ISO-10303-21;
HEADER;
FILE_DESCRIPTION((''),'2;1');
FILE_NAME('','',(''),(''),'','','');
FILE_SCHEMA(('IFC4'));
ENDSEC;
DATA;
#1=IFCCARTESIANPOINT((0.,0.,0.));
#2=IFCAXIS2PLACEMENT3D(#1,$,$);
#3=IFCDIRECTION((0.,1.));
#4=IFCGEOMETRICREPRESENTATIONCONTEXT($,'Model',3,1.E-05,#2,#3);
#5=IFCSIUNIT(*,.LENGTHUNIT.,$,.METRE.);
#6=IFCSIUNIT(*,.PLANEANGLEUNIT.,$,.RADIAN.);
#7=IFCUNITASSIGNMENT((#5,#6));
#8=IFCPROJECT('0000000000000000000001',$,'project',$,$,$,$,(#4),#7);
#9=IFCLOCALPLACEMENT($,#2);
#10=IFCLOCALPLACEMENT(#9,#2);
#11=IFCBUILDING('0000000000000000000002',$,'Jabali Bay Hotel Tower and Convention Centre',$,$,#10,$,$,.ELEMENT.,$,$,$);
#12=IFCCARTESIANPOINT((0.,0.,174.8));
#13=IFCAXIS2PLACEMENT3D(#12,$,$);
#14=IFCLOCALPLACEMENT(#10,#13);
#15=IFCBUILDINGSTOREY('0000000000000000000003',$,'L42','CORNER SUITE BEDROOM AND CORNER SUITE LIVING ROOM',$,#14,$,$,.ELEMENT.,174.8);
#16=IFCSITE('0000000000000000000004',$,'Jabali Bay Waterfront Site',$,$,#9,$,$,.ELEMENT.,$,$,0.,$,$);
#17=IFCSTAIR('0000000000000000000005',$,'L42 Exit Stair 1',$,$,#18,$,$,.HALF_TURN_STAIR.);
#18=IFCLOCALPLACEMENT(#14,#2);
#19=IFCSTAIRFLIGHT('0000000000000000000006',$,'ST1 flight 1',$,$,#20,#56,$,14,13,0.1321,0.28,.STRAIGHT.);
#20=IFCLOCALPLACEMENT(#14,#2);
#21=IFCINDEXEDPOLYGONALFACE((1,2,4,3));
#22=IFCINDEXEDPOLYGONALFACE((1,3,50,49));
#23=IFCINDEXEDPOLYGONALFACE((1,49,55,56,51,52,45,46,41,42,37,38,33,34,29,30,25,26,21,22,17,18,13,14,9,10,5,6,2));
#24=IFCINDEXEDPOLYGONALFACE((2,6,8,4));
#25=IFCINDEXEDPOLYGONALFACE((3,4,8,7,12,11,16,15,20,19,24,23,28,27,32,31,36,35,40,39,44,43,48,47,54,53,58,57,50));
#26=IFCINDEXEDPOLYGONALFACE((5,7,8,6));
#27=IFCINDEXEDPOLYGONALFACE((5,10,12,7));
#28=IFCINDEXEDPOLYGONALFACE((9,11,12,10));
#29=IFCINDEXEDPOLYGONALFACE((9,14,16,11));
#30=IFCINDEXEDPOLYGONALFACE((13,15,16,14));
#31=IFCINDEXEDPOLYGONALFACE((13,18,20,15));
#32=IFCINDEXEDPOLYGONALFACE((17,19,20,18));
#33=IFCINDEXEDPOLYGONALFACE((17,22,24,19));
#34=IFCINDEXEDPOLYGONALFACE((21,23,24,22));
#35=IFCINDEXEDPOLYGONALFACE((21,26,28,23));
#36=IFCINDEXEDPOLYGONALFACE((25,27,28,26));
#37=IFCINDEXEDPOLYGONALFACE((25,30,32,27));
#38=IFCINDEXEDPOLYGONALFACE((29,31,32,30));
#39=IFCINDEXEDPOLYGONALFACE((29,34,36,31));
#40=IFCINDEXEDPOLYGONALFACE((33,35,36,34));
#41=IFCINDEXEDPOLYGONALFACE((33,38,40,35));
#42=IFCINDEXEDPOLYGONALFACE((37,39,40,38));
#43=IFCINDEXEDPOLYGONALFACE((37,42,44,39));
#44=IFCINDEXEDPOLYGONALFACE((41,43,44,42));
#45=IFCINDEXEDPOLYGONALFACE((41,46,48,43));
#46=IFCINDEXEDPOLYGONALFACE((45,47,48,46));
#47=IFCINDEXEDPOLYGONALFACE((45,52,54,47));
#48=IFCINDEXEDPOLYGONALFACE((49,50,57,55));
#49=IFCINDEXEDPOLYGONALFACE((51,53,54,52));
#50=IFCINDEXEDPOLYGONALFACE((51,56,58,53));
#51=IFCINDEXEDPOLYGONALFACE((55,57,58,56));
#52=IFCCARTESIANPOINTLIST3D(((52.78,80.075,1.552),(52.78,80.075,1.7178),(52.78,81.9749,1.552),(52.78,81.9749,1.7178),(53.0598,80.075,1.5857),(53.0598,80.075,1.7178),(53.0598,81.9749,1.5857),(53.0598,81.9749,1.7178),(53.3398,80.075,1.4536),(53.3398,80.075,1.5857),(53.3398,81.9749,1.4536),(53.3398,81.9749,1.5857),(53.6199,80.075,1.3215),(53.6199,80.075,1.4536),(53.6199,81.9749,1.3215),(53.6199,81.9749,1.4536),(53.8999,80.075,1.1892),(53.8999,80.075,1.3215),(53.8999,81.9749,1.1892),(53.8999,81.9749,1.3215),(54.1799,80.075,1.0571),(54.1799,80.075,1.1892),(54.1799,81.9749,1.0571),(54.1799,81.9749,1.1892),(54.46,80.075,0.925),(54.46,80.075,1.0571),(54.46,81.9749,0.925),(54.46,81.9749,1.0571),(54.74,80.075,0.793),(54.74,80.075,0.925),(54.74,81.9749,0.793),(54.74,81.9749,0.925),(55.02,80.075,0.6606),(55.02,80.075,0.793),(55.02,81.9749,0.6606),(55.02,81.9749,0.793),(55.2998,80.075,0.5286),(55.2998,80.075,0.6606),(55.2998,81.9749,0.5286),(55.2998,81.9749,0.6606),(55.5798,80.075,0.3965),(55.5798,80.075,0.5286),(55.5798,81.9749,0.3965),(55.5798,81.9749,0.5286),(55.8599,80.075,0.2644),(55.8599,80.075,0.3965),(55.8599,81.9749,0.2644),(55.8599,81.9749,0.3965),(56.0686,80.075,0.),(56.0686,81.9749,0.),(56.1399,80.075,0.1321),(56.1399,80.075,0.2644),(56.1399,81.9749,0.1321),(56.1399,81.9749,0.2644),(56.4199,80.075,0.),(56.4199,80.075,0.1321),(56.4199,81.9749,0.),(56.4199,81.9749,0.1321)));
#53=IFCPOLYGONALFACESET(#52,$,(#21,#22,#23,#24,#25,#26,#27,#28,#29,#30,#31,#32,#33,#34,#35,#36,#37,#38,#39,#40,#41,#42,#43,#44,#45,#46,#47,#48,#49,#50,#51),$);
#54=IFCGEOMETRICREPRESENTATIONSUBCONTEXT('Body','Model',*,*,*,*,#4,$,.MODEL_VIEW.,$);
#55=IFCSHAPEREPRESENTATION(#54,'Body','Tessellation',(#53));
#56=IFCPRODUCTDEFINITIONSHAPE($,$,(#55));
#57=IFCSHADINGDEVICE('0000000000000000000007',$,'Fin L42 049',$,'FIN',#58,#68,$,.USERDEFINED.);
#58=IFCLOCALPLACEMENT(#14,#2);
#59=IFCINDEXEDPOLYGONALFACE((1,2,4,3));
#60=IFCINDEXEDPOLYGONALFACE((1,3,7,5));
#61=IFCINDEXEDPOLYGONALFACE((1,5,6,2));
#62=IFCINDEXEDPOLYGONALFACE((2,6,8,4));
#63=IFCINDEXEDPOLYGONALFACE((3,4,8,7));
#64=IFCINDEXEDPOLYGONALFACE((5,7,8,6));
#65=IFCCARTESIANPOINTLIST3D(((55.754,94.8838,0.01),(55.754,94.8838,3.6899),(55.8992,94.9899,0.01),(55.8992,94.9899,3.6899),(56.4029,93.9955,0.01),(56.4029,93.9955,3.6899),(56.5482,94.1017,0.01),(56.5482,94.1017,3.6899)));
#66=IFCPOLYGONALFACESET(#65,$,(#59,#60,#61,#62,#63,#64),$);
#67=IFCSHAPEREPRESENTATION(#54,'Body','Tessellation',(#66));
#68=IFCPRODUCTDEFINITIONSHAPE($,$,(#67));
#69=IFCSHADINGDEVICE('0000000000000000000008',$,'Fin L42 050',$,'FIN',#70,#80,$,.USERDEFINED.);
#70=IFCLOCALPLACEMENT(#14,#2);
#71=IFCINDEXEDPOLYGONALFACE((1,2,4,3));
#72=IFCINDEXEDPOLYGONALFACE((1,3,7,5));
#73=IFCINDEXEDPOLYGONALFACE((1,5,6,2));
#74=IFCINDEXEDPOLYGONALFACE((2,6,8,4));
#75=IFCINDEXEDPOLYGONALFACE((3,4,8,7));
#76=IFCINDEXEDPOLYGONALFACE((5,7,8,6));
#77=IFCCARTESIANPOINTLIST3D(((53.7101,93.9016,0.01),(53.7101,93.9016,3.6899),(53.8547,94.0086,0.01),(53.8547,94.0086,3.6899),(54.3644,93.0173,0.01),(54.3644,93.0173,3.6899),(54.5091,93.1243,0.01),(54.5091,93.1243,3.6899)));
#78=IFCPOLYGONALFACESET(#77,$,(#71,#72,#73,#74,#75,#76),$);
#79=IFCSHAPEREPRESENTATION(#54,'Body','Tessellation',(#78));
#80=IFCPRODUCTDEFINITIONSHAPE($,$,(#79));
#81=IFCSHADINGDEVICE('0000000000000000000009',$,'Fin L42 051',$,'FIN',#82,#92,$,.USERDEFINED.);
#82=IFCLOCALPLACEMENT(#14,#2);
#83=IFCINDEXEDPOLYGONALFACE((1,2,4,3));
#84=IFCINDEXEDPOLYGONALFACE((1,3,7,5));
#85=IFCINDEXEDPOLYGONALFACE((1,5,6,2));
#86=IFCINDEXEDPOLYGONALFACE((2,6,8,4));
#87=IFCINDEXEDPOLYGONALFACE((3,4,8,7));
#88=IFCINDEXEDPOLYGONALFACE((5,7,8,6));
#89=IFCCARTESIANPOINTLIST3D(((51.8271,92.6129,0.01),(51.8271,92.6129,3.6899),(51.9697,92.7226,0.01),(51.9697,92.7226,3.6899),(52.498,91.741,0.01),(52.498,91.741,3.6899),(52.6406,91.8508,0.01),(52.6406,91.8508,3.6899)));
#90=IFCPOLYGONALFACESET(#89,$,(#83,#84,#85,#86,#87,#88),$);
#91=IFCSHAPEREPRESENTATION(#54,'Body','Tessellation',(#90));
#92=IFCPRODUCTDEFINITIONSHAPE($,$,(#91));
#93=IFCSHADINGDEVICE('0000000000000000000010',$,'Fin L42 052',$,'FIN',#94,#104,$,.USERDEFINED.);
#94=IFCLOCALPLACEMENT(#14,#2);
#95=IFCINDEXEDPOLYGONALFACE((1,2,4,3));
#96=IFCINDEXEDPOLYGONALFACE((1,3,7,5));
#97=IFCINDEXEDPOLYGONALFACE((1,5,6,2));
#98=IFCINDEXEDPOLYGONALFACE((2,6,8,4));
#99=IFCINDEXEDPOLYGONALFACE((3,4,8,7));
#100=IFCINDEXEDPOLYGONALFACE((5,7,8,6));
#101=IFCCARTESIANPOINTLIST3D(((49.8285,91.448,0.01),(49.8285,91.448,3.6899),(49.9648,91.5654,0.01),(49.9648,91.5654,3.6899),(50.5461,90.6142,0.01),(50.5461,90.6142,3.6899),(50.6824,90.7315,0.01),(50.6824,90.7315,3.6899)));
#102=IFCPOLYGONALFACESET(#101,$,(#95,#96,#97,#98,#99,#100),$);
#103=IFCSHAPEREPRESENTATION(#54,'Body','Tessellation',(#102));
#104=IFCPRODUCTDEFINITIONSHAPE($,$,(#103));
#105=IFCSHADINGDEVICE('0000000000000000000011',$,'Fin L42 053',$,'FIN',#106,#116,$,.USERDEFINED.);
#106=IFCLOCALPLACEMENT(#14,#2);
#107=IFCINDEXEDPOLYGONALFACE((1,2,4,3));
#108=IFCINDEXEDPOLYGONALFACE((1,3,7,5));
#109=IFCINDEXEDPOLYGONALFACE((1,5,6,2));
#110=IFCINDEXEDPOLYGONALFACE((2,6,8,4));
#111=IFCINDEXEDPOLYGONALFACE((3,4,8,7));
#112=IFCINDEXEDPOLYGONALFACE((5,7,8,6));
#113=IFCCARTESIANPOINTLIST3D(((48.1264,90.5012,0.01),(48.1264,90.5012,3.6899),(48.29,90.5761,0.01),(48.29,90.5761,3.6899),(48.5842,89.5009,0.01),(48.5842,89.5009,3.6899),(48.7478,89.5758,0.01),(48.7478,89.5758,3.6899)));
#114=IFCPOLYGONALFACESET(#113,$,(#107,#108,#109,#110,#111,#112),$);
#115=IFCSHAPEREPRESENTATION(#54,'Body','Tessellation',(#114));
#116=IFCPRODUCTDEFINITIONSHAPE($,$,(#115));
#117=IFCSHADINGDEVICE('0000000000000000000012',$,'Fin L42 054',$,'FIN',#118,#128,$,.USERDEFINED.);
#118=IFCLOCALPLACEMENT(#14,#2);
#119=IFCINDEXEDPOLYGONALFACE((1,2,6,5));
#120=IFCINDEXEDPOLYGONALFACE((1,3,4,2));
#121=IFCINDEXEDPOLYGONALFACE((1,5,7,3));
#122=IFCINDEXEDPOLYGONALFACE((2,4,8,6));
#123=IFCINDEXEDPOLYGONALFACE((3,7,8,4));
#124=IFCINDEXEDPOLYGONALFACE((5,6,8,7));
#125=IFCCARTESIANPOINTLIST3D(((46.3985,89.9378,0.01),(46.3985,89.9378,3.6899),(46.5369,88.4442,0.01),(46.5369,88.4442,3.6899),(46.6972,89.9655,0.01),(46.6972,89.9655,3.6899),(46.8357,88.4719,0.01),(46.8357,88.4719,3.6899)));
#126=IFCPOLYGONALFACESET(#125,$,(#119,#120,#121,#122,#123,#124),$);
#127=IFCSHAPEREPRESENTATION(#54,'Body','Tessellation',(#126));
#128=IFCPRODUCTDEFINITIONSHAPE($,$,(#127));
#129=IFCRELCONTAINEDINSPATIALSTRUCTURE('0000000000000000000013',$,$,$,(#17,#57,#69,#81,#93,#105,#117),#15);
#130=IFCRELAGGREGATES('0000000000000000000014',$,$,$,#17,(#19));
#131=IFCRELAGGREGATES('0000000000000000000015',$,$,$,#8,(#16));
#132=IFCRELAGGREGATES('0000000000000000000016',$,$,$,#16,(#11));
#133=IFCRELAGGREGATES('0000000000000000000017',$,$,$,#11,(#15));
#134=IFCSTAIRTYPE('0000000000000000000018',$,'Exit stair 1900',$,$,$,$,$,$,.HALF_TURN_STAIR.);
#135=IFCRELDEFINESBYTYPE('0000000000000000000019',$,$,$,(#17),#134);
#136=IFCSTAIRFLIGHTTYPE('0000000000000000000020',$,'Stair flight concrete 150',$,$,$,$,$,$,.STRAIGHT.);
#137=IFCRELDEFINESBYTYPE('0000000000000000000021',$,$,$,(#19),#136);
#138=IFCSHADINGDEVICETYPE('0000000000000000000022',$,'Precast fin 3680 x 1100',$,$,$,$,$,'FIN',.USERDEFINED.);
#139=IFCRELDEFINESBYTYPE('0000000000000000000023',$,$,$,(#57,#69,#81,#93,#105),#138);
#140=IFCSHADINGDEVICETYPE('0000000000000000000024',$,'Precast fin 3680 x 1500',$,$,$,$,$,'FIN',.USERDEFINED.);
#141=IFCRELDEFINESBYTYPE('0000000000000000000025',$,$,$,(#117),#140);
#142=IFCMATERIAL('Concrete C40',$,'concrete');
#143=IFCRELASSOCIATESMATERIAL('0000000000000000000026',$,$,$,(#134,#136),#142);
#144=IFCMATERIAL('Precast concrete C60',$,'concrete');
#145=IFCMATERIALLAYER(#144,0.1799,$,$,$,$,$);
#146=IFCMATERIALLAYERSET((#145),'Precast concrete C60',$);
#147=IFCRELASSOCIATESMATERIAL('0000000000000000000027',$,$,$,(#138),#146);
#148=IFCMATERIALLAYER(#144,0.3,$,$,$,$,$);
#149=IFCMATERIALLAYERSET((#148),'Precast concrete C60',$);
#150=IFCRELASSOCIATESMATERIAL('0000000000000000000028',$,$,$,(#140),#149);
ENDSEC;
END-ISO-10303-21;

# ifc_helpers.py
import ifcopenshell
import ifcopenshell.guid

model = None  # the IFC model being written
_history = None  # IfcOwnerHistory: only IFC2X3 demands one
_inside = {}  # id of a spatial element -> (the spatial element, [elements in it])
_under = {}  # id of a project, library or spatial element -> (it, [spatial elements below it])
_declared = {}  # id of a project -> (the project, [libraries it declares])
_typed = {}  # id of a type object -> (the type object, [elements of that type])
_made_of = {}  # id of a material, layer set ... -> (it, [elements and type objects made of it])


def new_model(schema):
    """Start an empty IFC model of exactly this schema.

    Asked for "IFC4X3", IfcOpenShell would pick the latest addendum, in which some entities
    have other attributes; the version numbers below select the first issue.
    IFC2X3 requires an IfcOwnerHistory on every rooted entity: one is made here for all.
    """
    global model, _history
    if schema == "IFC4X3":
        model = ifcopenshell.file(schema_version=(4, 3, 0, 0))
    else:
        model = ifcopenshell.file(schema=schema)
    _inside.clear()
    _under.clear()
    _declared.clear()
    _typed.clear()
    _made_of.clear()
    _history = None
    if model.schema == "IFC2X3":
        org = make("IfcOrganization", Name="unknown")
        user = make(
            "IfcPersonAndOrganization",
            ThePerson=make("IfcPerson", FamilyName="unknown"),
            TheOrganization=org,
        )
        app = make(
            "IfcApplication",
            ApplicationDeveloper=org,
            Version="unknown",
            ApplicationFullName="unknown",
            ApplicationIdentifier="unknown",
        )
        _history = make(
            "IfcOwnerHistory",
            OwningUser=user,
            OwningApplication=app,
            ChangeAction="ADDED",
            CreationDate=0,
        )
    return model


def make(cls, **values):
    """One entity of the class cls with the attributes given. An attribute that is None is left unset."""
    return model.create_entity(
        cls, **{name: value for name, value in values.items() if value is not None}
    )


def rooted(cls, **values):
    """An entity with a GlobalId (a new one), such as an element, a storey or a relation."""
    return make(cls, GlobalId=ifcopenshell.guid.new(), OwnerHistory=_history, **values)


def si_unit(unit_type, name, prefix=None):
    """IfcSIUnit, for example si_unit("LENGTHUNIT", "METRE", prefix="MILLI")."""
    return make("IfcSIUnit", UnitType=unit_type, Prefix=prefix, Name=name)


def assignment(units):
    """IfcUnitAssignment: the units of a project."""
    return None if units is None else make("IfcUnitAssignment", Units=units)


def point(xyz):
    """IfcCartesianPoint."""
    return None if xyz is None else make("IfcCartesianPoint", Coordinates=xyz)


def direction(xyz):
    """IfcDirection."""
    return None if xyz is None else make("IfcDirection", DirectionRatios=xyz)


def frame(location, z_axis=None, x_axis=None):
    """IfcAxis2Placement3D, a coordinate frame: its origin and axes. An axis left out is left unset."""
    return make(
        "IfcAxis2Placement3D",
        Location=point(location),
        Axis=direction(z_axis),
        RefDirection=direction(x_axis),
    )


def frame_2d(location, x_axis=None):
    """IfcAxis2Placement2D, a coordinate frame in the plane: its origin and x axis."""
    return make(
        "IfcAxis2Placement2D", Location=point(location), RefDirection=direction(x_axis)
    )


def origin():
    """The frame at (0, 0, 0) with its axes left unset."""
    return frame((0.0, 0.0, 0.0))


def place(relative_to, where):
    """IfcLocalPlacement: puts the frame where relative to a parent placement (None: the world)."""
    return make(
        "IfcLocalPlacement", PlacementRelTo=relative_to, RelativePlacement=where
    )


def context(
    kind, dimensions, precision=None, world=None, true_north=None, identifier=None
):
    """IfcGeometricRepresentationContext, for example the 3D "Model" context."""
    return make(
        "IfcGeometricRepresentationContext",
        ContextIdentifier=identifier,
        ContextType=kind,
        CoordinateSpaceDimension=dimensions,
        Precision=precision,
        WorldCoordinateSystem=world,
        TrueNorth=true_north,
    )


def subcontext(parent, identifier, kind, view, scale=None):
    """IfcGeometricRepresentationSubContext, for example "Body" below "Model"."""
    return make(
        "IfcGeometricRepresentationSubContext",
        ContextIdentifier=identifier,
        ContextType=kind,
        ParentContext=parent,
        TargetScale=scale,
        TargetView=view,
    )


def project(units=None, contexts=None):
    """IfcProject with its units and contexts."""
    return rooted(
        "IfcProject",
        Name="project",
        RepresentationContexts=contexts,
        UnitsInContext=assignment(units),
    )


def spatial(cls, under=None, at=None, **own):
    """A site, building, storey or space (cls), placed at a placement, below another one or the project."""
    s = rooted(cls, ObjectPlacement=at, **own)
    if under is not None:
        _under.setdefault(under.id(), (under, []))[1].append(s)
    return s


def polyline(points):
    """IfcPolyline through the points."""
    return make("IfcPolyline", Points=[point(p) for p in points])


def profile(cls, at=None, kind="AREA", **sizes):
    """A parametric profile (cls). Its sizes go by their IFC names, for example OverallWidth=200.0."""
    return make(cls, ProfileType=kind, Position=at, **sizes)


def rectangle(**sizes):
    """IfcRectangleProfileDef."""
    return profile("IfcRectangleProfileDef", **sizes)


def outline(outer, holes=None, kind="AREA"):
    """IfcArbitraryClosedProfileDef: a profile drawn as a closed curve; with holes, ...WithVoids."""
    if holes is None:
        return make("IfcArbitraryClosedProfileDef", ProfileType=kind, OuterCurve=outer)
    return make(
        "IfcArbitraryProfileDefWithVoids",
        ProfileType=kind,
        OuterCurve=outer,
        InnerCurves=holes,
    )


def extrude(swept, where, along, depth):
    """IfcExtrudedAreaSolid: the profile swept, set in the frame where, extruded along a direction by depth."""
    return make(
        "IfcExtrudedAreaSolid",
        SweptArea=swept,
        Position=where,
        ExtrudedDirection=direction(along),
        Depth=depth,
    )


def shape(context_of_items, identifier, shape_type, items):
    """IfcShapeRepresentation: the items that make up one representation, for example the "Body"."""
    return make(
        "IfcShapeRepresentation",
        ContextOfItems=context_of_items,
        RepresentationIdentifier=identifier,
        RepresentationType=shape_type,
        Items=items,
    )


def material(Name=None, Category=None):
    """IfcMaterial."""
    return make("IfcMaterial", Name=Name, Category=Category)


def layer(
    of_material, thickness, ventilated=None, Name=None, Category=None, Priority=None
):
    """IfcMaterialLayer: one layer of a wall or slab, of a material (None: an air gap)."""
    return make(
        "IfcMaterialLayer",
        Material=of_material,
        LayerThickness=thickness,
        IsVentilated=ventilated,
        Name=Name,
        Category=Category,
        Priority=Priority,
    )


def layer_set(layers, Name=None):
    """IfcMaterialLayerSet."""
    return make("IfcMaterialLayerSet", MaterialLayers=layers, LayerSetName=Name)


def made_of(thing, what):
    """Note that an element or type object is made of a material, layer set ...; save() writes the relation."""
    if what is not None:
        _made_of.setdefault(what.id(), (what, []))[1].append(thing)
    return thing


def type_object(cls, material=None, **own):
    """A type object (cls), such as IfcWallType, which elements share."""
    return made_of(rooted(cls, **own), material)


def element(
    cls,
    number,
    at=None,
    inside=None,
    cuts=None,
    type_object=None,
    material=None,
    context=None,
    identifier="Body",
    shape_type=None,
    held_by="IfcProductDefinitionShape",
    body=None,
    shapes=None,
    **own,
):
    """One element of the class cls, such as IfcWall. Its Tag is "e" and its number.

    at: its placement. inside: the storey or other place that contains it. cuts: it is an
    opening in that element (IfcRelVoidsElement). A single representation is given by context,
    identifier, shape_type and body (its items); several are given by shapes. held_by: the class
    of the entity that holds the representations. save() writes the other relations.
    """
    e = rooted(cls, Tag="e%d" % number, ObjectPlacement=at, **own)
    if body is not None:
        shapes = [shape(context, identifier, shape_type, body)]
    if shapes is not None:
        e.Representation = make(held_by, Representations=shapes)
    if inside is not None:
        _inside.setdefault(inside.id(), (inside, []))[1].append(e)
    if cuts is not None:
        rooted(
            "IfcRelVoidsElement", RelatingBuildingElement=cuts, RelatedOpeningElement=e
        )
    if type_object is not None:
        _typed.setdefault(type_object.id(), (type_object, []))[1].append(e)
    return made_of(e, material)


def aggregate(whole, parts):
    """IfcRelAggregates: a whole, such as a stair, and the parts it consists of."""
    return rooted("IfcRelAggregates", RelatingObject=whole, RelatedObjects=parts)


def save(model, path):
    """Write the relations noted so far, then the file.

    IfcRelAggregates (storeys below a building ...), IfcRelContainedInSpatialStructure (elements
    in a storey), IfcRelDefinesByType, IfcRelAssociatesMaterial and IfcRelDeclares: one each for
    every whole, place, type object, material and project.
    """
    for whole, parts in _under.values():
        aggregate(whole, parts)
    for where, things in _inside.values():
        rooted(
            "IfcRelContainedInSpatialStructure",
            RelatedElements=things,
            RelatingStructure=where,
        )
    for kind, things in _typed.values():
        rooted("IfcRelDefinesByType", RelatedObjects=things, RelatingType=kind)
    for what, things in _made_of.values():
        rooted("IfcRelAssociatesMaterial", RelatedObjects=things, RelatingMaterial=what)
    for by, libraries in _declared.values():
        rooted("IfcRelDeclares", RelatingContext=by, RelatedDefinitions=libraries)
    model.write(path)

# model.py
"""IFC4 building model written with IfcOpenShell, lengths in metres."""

from ifc_helpers import new_model, si_unit, direction, frame, frame_2d, origin, place, context, subcontext, project, spatial, polyline, rectangle, outline, extrude, material, layer, layer_set, type_object, element, aggregate, save


model = new_model("IFC4")

# Units and contexts
model_context = context("Model", 3, precision=1e-05, world=origin(), true_north=direction((0.0, 1.0)))
body_context = subcontext(model_context, "Body", "Model", "MODEL_VIEW")
ifc_project = project(units=[si_unit("LENGTHUNIT", "METRE"), si_unit("PLANEANGLEUNIT", "RADIAN")], contexts=[model_context])

# Site, building, storey
site_placement = place(None, origin())
site = spatial("IfcSite", under=ifc_project, at=site_placement, Name="Jabali Bay Waterfront Site", CompositionType="ELEMENT", RefElevation=0.0)
building_placement = place(site_placement, origin())
building = spatial("IfcBuilding", under=site, at=building_placement, Name="Jabali Bay Hotel Tower and Convention Centre", CompositionType="ELEMENT")
storey_placement = place(building_placement, frame((0.0, 0.0, 174.8)))
storey = spatial("IfcBuildingStorey", under=building, at=storey_placement, Name="L42", Description="CORNER SUITE BEDROOM AND CORNER SUITE LIVING ROOM", CompositionType="ELEMENT", Elevation=174.8)

# Shared definitions
ifc_material_1 = material(Name="Concrete C40", Category="concrete")

# Stair, stair flight
stair_type = type_object("IfcStairType", Name="Exit stair 1900", PredefinedType="HALF_TURN_STAIR", material=ifc_material_1)
stair_placement = place(storey_placement, origin())
stair = element("IfcStair", 1, at=stair_placement, inside=storey, type_object=stair_type, Name="L42 Exit Stair 1", PredefinedType="HALF_TURN_STAIR")
stair_flight_type = type_object("IfcStairFlightType", Name="Stair flight concrete 150", PredefinedType="STRAIGHT", material=ifc_material_1)
stair_flight_placement = place(storey_placement, frame((56.4199, 81.0249, 0.0), z_axis=(0.0, 0.0, 1.0), x_axis=(-1.0, 0.0, 0.0)))
stair_flight = element("IfcStairFlight", 2, at=stair_flight_placement, type_object=stair_flight_type, Name="ST1 flight 1", NumberOfRisers=14, NumberOfTreads=13, PredefinedType="STRAIGHT", RiserHeight=0.1321, TreadLength=0.28, context=body_context, shape_type="SweptSolid", body=[
    extrude(outline(polyline([(0.0, 0.0), (0.0, 0.1321), (0.28, 0.1321), (0.28, 0.2644), (0.5601, 0.2644), (0.5601, 0.3965), (0.8401, 0.3965), (0.8401, 0.5286), (1.1201, 0.5286), (1.1201, 0.6606), (1.3999, 0.6606), (1.3999, 0.793), (1.6799, 0.793), (1.6799, 0.925), (1.96, 0.925), (1.96, 1.0571), (2.24, 1.0571), (2.24, 1.1892), (2.52, 1.1892), (2.52, 1.3215), (2.8, 1.3215), (2.8, 1.4536), (3.0801, 1.4536), (3.0801, 1.5857), (3.3601, 1.5857), (3.3601, 1.7178), (3.6399, 1.7178), (3.6399, 1.8501), (3.6399, 1.552), (0.3513, 0.0), (0.0, 0.0)])), frame((0.0, 0.95, 0.0), z_axis=(0.0, -1.0, 0.0), x_axis=(1.0, 0.0, 0.0)), (0.0, 0.0, 1.0), 1.8999),
])
aggregate(stair, [stair_flight])

# Shading devices
ifc_material_2 = material(Name="Precast concrete C60", Category="concrete")
ifc_layer_1 = layer(ifc_material_2, 0.1799)
ifc_layer_set_1 = layer_set([ifc_layer_1], Name="Precast concrete C60")
shading_device_type_1 = type_object("IfcShadingDeviceType", Name="Precast fin 3680 x 1100", ElementType="FIN", PredefinedType="USERDEFINED", material=ifc_layer_set_1)
for number, where, z_axis, x_axis, name in (
    (3, (56.4756, 94.0486, 0.01), (0.0, 0.0, 1.0), (-0.589939, 0.807448, 0.0), "Fin L42 049"),
    (4, (54.4368, 93.0708, 0.01), (0.0, 0.0, 1.0), (-0.594803, 0.803872, 0.0), "Fin L42 050"),
    (5, (52.5693, 91.7959, 0.01), (0.0, 0.0, 1.0), (-0.609861, 0.792508, 0.0), "Fin L42 051"),
    (6, (50.6143, 90.6729, 0.01), (0.0, 0.0, 1.0), (-0.652307, 0.757955, 0.0), "Fin L42 052"),
    (7, (48.666, 89.5383, 0.01), (0.0, 0.0, 1.0), (-0.416143, 0.909299, 0.0), "Fin L42 053"),
):
    element("IfcShadingDevice", number, at=place(storey_placement, frame(where, z_axis=z_axis, x_axis=x_axis)), inside=storey, type_object=shading_device_type_1, Name=name, ObjectType="FIN", PredefinedType="USERDEFINED", context=body_context, shape_type="SweptSolid", body=[
        extrude(rectangle(XDim=1.1001, YDim=0.1799, at=frame_2d((0.55, 0.0))), origin(), (0.0, 0.0, 1.0), 3.6799),
    ])
ifc_layer_2 = layer(ifc_material_2, 0.3)
ifc_layer_set_2 = layer_set([ifc_layer_2], Name="Precast concrete C60")
shading_device_type_2 = type_object("IfcShadingDeviceType", Name="Precast fin 3680 x 1500", ElementType="FIN", PredefinedType="USERDEFINED", material=ifc_layer_set_2)
shading_device_placement = place(storey_placement, frame((46.6863, 88.458, 0.01), z_axis=(0.0, 0.0, 1.0), x_axis=(-0.092282, 0.995733, 0.0)))
element("IfcShadingDevice", 8, at=shading_device_placement, inside=storey, type_object=shading_device_type_2, Name="Fin L42 054", ObjectType="FIN", PredefinedType="USERDEFINED", context=body_context, shape_type="SweptSolid", body=[
    extrude(rectangle(XDim=1.5, YDim=0.3, at=frame_2d((0.75, 0.0))), origin(), (0.0, 0.0, 1.0), 3.6799),
])

save(model, "model.ifc")
